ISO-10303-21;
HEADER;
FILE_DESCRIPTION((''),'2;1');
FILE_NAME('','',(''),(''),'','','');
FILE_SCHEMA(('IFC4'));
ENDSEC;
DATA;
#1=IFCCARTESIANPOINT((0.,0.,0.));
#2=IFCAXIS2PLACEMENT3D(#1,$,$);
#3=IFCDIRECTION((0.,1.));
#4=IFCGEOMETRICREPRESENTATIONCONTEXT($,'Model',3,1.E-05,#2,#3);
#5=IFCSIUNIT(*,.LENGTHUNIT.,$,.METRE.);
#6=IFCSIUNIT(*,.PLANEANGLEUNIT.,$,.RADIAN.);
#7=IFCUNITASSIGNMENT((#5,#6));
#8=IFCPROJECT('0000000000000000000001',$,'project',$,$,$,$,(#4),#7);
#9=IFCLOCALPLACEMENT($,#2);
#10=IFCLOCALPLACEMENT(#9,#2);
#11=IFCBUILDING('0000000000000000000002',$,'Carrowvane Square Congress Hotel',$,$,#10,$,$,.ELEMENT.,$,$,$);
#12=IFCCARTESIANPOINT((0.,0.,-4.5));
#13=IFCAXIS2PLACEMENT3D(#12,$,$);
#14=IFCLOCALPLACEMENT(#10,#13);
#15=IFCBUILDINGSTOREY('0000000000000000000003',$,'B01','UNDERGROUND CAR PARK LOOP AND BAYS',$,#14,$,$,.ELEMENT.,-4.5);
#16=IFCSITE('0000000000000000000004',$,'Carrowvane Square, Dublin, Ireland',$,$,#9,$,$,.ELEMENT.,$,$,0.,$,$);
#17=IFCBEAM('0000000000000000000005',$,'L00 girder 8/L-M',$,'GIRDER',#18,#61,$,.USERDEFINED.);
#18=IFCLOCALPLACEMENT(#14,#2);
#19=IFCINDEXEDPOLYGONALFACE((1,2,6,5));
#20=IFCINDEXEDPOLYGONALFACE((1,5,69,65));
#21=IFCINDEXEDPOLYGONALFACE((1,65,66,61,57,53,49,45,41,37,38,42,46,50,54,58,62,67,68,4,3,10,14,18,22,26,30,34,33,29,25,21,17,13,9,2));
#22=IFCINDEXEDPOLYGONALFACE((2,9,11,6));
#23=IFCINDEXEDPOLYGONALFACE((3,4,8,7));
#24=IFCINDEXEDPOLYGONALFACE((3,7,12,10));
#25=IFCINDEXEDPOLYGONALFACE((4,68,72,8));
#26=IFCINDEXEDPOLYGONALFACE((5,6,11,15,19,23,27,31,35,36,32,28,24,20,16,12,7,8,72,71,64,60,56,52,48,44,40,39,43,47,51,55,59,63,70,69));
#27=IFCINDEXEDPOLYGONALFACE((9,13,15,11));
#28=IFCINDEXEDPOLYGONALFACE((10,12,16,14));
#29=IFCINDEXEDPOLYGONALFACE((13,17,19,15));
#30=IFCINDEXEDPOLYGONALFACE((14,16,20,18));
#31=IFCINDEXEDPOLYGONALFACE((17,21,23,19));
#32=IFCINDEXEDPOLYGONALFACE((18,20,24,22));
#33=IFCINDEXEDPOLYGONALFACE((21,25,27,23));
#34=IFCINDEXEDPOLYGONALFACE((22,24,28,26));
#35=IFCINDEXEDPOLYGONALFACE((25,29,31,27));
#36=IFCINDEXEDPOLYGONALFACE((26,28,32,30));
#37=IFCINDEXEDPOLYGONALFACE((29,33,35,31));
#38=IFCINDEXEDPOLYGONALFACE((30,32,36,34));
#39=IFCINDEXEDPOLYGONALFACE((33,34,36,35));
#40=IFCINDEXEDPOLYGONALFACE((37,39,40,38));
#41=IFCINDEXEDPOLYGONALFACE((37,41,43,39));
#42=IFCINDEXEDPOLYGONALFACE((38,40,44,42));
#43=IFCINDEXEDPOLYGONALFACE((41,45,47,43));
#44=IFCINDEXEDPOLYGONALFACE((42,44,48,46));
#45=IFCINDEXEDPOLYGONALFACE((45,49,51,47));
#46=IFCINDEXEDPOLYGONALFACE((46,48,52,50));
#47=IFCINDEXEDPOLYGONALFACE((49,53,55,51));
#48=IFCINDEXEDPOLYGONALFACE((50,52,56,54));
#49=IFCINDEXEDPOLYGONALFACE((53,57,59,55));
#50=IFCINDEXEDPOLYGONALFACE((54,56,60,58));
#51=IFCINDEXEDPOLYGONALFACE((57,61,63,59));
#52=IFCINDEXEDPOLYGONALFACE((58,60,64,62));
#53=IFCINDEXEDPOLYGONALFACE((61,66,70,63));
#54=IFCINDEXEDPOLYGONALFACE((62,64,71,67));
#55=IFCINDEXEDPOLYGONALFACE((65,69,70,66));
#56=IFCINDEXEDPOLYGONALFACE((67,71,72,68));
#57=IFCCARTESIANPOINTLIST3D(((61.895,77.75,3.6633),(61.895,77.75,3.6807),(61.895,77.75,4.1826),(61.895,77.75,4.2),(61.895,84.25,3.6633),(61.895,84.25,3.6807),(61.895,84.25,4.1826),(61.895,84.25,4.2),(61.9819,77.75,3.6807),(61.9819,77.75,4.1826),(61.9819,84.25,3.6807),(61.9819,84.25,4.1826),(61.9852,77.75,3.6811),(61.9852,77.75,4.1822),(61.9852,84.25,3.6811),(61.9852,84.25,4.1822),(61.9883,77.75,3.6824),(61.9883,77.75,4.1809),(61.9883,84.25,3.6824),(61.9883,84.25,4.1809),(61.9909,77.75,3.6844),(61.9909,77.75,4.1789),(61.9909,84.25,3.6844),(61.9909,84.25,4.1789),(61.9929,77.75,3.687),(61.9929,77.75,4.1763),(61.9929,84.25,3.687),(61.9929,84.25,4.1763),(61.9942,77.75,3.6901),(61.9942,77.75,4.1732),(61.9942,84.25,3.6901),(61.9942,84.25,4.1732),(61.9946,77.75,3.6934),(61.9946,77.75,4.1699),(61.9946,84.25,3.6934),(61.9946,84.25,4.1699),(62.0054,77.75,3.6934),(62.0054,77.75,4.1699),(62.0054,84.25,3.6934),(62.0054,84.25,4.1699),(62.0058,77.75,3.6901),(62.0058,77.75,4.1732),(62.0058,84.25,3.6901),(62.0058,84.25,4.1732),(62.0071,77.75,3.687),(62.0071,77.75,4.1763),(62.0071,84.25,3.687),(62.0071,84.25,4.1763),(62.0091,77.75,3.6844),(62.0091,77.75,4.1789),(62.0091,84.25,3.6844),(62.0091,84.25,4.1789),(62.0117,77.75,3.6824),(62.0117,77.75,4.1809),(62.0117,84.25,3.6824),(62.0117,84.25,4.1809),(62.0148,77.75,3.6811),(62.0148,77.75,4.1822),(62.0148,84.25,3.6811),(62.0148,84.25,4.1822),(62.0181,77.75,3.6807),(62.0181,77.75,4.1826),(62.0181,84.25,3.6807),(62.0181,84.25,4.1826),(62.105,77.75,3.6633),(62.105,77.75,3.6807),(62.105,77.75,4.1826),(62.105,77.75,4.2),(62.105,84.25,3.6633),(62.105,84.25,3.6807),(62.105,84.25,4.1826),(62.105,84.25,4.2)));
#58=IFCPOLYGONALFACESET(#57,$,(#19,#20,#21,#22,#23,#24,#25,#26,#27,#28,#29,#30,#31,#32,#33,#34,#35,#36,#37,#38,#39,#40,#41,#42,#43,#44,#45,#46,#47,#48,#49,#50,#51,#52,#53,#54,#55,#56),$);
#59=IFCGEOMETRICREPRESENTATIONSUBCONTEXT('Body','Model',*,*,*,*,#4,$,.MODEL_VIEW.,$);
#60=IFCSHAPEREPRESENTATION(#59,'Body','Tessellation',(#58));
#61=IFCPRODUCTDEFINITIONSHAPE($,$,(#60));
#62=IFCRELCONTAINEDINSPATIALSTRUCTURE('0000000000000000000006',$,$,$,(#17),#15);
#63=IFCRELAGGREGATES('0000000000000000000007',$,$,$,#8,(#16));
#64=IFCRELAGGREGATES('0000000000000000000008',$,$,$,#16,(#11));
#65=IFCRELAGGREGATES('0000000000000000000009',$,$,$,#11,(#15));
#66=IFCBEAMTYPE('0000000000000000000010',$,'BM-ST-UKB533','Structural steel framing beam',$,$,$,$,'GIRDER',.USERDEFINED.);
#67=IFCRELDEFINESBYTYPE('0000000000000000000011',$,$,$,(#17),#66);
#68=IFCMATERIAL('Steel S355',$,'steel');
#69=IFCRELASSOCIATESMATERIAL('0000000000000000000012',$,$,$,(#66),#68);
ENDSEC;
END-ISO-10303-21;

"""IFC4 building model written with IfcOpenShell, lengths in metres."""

from ifc_helpers import new_model, si_unit, direction, frame, origin, origin_2d, place, context, subcontext, project, spatial, i_section, extrude, material, material_profile, profile_set, type_object, element, save


model = new_model("IFC4")

# Units and contexts
model_context = context("Model", 3, precision=1e-05, world=origin(), true_north=direction((0.0, 1.0)))
body_context = subcontext(model_context, "Body", "Model", "MODEL_VIEW")
ifc_project = project(units=[si_unit("LENGTHUNIT", "METRE"), si_unit("PLANEANGLEUNIT", "RADIAN")], contexts=[model_context])

# Site, building, storey
site_placement = place(None, origin())
site = spatial("IfcSite", under=ifc_project, at=site_placement, Name="Carrowvane Square, Dublin, Ireland", CompositionType="ELEMENT", RefElevation=0.0)
building_placement = place(site_placement, origin())
building = spatial("IfcBuilding", under=site, at=building_placement, Name="Carrowvane Square Congress Hotel", CompositionType="ELEMENT")
storey_placement = place(building_placement, frame((0.0, 0.0, -4.5)))
storey = spatial("IfcBuildingStorey", under=building, at=storey_placement, Name="B01", Description="UNDERGROUND CAR PARK LOOP AND BAYS", CompositionType="ELEMENT", Elevation=-4.5)

# Beam
ifc_material_1 = material(Name="Steel S355", Category="steel")
ifc_material_profile_1 = material_profile(ifc_material_1, i_section(OverallWidth=0.21, OverallDepth=0.5366, WebThickness=0.0107, FlangeThickness=0.0173, FilletRadius=0.0127, at=origin_2d()), Name="UKB 533x210x101")
ifc_profile_set_1 = profile_set([ifc_material_profile_1], Name="Steel S355")
beam_type_1 = type_object("IfcBeamType", Name="BM-ST-UKB533", Description="Structural steel framing beam", ElementType="GIRDER", PredefinedType="USERDEFINED", material=ifc_profile_set_1)
for number, where, z_axis, x_axis, name in (
    (1, (62.0, 77.75, 3.9316), (0.0, 1.0, 0.0), (-1.0, 0.0, 0.0), "L00 girder 8/L-M"),
):
    element("IfcBeam", number, at=place(storey_placement, frame(where, z_axis=z_axis, x_axis=x_axis)), inside=storey, type_object=beam_type_1, Name=name, ObjectType="GIRDER", PredefinedType="USERDEFINED", context=body_context, shape_type="SweptSolid", body=[
        extrude(i_section(OverallWidth=0.21, OverallDepth=0.5366, WebThickness=0.0107, FlangeThickness=0.0173, FilletRadius=0.0127, at=origin_2d()), origin(), (0.0, 0.0, 1.0), 6.5),
    ])

save(model, "model.ifc")
